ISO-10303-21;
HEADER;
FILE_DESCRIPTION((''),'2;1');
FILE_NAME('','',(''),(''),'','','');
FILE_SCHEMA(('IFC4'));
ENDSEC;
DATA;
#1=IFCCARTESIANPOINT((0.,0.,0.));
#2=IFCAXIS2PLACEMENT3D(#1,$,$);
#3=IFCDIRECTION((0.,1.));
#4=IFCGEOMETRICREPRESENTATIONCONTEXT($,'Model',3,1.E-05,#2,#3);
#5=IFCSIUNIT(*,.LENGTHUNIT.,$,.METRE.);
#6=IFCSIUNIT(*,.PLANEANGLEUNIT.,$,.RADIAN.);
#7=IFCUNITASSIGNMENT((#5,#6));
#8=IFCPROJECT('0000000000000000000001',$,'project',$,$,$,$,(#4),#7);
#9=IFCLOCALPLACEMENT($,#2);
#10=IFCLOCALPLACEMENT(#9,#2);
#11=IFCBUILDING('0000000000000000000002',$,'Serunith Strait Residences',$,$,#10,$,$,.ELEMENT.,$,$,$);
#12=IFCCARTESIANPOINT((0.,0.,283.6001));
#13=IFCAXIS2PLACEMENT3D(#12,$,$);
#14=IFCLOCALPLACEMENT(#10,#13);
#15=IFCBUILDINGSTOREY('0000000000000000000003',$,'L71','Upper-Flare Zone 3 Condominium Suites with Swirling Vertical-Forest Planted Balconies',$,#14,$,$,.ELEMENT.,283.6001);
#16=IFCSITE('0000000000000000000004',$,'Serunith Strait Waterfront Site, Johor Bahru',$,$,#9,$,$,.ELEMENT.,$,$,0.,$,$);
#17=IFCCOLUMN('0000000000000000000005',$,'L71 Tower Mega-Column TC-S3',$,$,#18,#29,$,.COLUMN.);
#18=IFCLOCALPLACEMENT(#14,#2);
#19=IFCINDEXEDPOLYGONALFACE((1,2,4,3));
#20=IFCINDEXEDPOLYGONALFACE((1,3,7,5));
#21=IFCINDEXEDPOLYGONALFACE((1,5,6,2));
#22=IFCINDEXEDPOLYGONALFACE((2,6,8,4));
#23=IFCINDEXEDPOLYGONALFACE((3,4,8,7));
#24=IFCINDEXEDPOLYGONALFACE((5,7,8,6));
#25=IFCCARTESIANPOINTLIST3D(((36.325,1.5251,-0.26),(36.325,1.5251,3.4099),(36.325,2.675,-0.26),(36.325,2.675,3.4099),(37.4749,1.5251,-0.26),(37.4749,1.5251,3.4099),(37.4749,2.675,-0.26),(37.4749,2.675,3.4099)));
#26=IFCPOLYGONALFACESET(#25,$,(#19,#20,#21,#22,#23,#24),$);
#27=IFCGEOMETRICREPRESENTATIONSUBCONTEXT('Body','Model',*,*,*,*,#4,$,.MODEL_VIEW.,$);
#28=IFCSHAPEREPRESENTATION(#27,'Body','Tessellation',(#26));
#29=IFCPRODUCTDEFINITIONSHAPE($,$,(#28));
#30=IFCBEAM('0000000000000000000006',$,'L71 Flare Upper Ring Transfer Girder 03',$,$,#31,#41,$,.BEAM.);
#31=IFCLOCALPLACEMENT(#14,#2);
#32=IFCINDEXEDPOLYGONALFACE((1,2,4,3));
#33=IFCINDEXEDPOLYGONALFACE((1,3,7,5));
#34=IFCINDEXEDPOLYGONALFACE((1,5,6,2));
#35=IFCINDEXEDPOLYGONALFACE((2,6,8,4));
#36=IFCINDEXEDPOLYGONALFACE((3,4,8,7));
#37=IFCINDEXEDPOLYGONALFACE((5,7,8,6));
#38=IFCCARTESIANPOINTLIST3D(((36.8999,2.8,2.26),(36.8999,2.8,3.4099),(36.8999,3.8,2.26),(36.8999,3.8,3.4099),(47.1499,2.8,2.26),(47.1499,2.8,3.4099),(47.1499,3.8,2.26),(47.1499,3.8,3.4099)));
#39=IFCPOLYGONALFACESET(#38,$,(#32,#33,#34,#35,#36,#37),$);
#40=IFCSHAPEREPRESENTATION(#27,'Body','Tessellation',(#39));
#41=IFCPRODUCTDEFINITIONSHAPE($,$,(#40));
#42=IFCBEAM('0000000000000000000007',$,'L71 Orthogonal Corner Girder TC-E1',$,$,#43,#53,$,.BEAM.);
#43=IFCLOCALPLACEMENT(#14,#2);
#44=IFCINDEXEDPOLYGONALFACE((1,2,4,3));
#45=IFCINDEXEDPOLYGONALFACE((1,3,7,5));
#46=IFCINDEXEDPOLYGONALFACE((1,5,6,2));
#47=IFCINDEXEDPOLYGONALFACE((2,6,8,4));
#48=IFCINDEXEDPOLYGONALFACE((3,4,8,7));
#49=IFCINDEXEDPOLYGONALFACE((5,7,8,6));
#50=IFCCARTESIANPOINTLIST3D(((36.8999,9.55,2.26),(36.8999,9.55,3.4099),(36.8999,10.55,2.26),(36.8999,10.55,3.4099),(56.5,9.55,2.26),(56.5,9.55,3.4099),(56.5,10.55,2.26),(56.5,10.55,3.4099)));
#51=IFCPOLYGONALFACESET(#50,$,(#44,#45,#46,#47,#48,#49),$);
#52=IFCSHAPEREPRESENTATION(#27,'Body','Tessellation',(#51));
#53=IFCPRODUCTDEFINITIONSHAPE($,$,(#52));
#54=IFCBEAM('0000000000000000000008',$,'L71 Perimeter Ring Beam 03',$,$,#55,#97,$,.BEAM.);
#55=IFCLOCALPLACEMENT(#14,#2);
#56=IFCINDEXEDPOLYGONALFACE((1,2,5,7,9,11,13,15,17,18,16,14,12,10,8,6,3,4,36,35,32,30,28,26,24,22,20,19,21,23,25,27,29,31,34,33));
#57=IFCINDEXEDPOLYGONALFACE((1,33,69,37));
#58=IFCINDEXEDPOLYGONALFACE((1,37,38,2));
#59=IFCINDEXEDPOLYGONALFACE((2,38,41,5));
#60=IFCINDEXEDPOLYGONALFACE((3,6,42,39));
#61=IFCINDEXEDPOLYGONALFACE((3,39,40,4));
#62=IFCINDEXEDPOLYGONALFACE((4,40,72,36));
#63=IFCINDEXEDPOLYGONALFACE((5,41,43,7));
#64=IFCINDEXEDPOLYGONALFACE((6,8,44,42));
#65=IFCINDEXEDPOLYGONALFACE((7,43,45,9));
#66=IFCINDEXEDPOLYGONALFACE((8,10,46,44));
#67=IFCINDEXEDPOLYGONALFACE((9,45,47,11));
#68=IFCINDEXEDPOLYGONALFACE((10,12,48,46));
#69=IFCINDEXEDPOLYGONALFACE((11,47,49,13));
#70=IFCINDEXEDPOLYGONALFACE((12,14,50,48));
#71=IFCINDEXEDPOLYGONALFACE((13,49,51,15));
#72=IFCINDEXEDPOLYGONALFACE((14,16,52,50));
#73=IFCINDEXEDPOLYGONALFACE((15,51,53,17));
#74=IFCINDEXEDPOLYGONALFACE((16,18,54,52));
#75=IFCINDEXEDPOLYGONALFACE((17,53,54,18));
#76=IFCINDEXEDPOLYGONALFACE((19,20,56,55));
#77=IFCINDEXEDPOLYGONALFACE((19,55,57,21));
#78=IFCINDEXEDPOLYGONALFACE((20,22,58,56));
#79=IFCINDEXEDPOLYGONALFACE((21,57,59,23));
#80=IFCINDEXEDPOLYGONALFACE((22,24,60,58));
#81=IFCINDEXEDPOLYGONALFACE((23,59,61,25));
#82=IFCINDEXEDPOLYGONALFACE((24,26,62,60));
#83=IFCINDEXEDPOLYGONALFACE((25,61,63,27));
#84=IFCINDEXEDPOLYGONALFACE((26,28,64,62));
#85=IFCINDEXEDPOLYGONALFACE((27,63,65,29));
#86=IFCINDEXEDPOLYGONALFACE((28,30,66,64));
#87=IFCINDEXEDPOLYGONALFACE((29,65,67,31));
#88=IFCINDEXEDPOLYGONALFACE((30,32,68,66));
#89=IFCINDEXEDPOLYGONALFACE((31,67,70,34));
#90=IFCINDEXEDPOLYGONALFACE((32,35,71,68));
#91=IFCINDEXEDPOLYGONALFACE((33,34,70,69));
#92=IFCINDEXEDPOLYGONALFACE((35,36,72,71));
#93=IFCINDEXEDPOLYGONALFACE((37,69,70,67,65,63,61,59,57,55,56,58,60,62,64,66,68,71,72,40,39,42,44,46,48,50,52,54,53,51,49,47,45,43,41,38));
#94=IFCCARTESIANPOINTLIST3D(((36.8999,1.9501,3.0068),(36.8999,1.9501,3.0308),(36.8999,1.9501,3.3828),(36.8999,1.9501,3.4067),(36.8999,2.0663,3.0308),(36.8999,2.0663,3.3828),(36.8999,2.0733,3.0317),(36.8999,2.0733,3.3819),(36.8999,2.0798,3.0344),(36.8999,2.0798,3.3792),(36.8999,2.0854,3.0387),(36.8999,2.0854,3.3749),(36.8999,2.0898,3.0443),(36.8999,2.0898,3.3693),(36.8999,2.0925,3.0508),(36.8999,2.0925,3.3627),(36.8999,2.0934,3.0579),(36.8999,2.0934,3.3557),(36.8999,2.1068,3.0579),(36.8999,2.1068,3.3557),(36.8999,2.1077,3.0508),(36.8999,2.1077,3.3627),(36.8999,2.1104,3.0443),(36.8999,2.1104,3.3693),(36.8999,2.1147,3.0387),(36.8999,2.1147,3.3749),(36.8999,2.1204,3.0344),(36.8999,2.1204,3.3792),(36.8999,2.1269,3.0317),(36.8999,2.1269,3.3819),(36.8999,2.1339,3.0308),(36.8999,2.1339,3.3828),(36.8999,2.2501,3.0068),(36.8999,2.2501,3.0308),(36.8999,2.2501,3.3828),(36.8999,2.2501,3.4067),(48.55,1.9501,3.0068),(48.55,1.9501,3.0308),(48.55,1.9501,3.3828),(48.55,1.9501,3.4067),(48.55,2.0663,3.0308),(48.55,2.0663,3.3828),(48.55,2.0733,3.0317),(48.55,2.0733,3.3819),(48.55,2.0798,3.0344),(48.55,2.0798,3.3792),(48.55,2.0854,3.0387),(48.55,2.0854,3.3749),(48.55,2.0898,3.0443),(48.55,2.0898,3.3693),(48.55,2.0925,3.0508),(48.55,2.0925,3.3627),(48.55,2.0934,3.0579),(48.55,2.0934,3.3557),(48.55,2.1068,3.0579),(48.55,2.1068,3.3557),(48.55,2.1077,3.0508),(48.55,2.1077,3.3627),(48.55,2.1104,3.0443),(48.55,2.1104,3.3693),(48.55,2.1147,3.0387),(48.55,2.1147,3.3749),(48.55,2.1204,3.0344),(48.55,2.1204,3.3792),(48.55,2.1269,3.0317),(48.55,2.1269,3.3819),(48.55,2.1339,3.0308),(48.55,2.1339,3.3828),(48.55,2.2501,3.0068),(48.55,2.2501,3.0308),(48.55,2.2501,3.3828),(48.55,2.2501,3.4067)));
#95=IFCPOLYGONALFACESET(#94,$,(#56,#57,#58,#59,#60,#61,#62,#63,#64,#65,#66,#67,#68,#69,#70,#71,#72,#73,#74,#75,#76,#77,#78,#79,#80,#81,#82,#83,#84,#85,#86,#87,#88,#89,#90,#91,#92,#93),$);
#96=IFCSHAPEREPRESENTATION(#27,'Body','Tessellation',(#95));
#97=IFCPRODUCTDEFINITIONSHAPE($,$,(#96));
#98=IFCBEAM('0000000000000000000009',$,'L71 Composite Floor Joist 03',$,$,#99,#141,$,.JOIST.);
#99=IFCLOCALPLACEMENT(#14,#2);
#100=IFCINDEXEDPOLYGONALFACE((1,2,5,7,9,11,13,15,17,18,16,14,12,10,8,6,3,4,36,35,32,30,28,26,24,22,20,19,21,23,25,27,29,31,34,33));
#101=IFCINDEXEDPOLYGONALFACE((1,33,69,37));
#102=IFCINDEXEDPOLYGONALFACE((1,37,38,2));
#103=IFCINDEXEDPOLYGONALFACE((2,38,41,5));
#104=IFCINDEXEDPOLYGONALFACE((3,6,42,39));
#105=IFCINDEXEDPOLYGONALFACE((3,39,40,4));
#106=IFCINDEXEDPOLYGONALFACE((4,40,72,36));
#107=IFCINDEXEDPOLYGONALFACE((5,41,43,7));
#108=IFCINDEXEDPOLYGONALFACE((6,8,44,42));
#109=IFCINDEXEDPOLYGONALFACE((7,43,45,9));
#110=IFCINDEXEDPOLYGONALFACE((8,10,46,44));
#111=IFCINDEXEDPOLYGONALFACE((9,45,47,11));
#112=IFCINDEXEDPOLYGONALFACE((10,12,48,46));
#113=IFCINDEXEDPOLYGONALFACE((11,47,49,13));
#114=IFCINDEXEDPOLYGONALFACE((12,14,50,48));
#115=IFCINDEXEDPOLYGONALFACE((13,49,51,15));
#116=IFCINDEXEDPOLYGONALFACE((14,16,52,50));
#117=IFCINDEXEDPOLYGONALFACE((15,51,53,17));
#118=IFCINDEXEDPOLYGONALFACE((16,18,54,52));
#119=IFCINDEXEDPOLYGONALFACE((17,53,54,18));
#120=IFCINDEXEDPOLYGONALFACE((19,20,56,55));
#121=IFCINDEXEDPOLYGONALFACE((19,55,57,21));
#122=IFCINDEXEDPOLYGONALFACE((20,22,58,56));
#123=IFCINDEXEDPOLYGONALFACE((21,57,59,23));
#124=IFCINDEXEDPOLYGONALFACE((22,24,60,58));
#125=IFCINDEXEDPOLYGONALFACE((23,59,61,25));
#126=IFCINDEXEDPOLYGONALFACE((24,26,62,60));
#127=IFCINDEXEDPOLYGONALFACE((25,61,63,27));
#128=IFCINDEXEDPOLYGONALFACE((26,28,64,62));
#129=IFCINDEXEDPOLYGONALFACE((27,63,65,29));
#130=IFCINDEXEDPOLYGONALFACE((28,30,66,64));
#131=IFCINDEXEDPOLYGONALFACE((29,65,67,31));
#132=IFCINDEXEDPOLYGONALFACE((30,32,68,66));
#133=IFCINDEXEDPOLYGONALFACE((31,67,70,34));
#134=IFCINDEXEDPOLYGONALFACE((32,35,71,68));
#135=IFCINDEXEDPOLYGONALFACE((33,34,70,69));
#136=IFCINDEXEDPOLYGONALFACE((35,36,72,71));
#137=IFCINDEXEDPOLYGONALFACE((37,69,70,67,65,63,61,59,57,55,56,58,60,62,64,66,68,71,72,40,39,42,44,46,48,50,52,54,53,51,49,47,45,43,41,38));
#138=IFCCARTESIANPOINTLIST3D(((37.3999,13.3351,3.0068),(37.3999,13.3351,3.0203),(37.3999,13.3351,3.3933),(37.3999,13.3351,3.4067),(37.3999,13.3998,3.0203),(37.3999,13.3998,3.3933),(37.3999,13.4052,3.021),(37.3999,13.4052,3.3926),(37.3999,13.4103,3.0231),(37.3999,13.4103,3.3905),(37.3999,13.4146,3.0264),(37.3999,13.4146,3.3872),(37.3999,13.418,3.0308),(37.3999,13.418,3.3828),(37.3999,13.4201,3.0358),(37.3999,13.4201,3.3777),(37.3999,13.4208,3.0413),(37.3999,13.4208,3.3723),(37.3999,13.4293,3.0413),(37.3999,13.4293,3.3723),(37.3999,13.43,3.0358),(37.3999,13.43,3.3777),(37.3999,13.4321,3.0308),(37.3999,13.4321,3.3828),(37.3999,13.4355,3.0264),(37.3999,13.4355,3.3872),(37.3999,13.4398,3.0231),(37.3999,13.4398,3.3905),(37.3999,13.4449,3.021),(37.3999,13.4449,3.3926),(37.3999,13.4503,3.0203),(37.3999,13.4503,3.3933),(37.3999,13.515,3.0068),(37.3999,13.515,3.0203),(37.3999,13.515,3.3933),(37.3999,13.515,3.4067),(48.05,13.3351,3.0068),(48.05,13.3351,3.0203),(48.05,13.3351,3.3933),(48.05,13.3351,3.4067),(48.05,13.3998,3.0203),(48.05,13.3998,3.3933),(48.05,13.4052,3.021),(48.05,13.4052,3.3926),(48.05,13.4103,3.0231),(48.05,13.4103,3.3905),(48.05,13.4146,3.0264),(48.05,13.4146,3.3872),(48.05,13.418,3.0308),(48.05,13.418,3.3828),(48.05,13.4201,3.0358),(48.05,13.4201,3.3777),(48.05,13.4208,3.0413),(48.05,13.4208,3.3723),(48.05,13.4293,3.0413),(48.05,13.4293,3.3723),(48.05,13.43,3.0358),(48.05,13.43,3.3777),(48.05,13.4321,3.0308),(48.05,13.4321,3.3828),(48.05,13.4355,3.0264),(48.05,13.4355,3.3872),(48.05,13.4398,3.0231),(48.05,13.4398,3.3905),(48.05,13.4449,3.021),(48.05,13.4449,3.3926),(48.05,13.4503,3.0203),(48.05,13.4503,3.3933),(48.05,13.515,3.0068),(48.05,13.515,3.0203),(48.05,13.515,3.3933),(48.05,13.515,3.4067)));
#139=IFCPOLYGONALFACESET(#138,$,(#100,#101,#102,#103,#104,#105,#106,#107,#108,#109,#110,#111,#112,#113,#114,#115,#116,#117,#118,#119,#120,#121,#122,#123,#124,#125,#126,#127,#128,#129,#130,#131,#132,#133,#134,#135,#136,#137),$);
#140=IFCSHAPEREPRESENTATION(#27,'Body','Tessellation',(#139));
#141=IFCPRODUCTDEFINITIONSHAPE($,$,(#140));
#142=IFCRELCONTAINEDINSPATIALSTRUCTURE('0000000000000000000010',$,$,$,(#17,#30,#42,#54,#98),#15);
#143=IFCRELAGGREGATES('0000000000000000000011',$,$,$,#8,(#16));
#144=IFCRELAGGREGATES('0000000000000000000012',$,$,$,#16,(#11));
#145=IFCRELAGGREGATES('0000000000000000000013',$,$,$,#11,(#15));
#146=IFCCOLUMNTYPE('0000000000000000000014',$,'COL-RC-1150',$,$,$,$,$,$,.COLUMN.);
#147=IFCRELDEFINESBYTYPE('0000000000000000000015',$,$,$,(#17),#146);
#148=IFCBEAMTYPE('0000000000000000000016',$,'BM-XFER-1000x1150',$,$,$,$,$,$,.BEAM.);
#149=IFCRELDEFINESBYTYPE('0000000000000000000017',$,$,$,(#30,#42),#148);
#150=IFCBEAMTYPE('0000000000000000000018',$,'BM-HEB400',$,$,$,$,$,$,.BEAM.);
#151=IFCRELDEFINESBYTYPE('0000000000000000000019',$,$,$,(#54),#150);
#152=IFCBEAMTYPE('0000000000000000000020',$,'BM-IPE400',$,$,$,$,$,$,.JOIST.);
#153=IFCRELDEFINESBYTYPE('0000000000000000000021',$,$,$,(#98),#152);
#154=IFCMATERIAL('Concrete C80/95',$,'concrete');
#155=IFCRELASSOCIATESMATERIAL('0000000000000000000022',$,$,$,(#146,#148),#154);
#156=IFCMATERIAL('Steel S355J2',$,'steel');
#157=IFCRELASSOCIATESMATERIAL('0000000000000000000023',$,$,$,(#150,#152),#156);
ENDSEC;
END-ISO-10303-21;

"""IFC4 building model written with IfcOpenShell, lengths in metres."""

from ifc_helpers import new_model, si_unit, direction, frame, origin, origin_2d, place, context, subcontext, project, spatial, rectangle, i_section, extrude, source, transform, mapped, material, material_profile, profile_set, type_object, element, save


model = new_model("IFC4")

# Units and contexts
model_context = context("Model", 3, precision=1e-05, world=origin(), true_north=direction((0.0, 1.0)))
body_context = subcontext(model_context, "Body", "Model", "MODEL_VIEW")
ifc_project = project(units=[si_unit("LENGTHUNIT", "METRE"), si_unit("PLANEANGLEUNIT", "RADIAN")], contexts=[model_context])

# Site, building, storey
site_placement = place(None, origin())
site = spatial("IfcSite", under=ifc_project, at=site_placement, Name="Serunith Strait Waterfront Site, Johor Bahru", CompositionType="ELEMENT", RefElevation=0.0)
building_placement = place(site_placement, origin())
building = spatial("IfcBuilding", under=site, at=building_placement, Name="Serunith Strait Residences", CompositionType="ELEMENT")
storey_placement = place(building_placement, frame((0.0, 0.0, 283.6001)))
storey = spatial("IfcBuildingStorey", under=building, at=storey_placement, Name="L71", Description="Upper-Flare Zone 3 Condominium Suites with Swirling Vertical-Forest Planted Balconies", CompositionType="ELEMENT", Elevation=283.6001)

# Column
ifc_material_1 = material(Name="Concrete C80/95", Category="concrete")
ifc_material_profile_1 = material_profile(ifc_material_1, rectangle(XDim=1.1499, YDim=1.1499, at=origin_2d()), Name="RC 1150x1150")
ifc_profile_set_1 = profile_set([ifc_material_profile_1], Name="Concrete C80/95")
column_type = type_object("IfcColumnType", Name="COL-RC-1150", PredefinedType="COLUMN", material=ifc_profile_set_1)
shared_shape_1 = source(origin(), body_context, "Body", "SweptSolid", [
    extrude(rectangle(XDim=1.1499, YDim=1.1499, at=origin_2d()), origin(), (0.0, 0.0, 1.0), 3.6699),
])
column_placement = place(storey_placement, frame((36.8999, 2.1001, -0.26), z_axis=(0.0, 0.0, 1.0), x_axis=(1.0, 0.0, 0.0)))
element("IfcColumn", 1, at=column_placement, inside=storey, type_object=column_type, Name="L71 Tower Mega-Column TC-S3", PredefinedType="COLUMN", context=body_context, shape_type="MappedRepresentation", body=[
    mapped(shared_shape_1, transform((0.0, 0.0, 0.0), scale=1.0)),
])

# Beams
ifc_material_profile_2 = material_profile(ifc_material_1, rectangle(XDim=1.0, YDim=1.1499, at=origin_2d()), Name="RC 1000x1150")
ifc_profile_set_2 = profile_set([ifc_material_profile_2], Name="Concrete C80/95")
beam_type_1 = type_object("IfcBeamType", Name="BM-XFER-1000x1150", PredefinedType="BEAM", material=ifc_profile_set_2)
shared_shape_2 = source(origin(), body_context, "Body", "SweptSolid", [
    extrude(rectangle(XDim=1.0, YDim=1.1499, at=origin_2d()), origin(), (0.0, 0.0, 1.0), 10.25),
])
beam_1_placement = place(storey_placement, frame((36.8999, 3.3, 2.835), z_axis=(1.0, 0.0, 0.0), x_axis=(0.0, 1.0, 0.0)))
element("IfcBeam", 2, at=beam_1_placement, inside=storey, type_object=beam_type_1, Name="L71 Flare Upper Ring Transfer Girder 03", PredefinedType="BEAM", context=body_context, shape_type="MappedRepresentation", body=[
    mapped(shared_shape_2, transform((0.0, 0.0, 0.0), scale=1.0)),
])
shared_shape_3 = source(origin(), body_context, "Body", "SweptSolid", [
    extrude(rectangle(XDim=1.0, YDim=1.1499, at=origin_2d()), origin(), (0.0, 0.0, 1.0), 19.6001),
])
beam_2_placement = place(storey_placement, frame((36.8999, 10.05, 2.835), z_axis=(1.0, 0.0, 0.0), x_axis=(0.0, 1.0, 0.0)))
element("IfcBeam", 3, at=beam_2_placement, inside=storey, type_object=beam_type_1, Name="L71 Orthogonal Corner Girder TC-E1", PredefinedType="BEAM", context=body_context, shape_type="MappedRepresentation", body=[
    mapped(shared_shape_3, transform((0.0, 0.0, 0.0), scale=1.0)),
])
ifc_material_2 = material(Name="Steel S355J2", Category="steel")
ifc_material_profile_3 = material_profile(ifc_material_2, i_section(OverallWidth=0.3, OverallDepth=0.3999, WebThickness=0.0134, FlangeThickness=0.0239, FilletRadius=0.0271, at=origin_2d()), Name="HEB 400")
ifc_profile_set_3 = profile_set([ifc_material_profile_3], Name="Steel S355J2")
beam_type_2 = type_object("IfcBeamType", Name="BM-HEB400", PredefinedType="BEAM", material=ifc_profile_set_3)
shared_shape_4 = source(origin(), body_context, "Body", "SweptSolid", [
    extrude(i_section(OverallWidth=0.3, OverallDepth=0.3999, WebThickness=0.0134, FlangeThickness=0.0239, FilletRadius=0.0271, at=origin_2d()), origin(), (0.0, 0.0, 1.0), 11.6501),
])
beam_3_placement = place(storey_placement, frame((36.8999, 2.1001, 3.2068), z_axis=(1.0, 0.0, 0.0), x_axis=(0.0, 1.0, 0.0)))
element("IfcBeam", 4, at=beam_3_placement, inside=storey, type_object=beam_type_2, Name="L71 Perimeter Ring Beam 03", PredefinedType="BEAM", context=body_context, shape_type="MappedRepresentation", body=[
    mapped(shared_shape_4, transform((0.0, 0.0, 0.0), scale=1.0)),
])
ifc_material_profile_4 = material_profile(ifc_material_2, i_section(OverallWidth=0.1799, OverallDepth=0.3999, WebThickness=0.0085, FlangeThickness=0.0134, FilletRadius=0.021, at=origin_2d()), Name="IPE 400")
ifc_profile_set_4 = profile_set([ifc_material_profile_4], Name="Steel S355J2")
beam_type_3 = type_object("IfcBeamType", Name="BM-IPE400", PredefinedType="JOIST", material=ifc_profile_set_4)
shared_shape_5 = source(origin(), body_context, "Body", "SweptSolid", [
    extrude(i_section(OverallWidth=0.1799, OverallDepth=0.3999, WebThickness=0.0085, FlangeThickness=0.0134, FilletRadius=0.021, at=origin_2d()), origin(), (0.0, 0.0, 1.0), 10.6501),
])
beam_4_placement = place(storey_placement, frame((37.3999, 13.425, 3.2068), z_axis=(1.0, 0.0, 0.0), x_axis=(0.0, 1.0, 0.0)))
element("IfcBeam", 5, at=beam_4_placement, inside=storey, type_object=beam_type_3, Name="L71 Composite Floor Joist 03", PredefinedType="JOIST", context=body_context, shape_type="MappedRepresentation", body=[
    mapped(shared_shape_5, transform((0.0, 0.0, 0.0), scale=1.0)),
])

save(model, "model.ifc")
